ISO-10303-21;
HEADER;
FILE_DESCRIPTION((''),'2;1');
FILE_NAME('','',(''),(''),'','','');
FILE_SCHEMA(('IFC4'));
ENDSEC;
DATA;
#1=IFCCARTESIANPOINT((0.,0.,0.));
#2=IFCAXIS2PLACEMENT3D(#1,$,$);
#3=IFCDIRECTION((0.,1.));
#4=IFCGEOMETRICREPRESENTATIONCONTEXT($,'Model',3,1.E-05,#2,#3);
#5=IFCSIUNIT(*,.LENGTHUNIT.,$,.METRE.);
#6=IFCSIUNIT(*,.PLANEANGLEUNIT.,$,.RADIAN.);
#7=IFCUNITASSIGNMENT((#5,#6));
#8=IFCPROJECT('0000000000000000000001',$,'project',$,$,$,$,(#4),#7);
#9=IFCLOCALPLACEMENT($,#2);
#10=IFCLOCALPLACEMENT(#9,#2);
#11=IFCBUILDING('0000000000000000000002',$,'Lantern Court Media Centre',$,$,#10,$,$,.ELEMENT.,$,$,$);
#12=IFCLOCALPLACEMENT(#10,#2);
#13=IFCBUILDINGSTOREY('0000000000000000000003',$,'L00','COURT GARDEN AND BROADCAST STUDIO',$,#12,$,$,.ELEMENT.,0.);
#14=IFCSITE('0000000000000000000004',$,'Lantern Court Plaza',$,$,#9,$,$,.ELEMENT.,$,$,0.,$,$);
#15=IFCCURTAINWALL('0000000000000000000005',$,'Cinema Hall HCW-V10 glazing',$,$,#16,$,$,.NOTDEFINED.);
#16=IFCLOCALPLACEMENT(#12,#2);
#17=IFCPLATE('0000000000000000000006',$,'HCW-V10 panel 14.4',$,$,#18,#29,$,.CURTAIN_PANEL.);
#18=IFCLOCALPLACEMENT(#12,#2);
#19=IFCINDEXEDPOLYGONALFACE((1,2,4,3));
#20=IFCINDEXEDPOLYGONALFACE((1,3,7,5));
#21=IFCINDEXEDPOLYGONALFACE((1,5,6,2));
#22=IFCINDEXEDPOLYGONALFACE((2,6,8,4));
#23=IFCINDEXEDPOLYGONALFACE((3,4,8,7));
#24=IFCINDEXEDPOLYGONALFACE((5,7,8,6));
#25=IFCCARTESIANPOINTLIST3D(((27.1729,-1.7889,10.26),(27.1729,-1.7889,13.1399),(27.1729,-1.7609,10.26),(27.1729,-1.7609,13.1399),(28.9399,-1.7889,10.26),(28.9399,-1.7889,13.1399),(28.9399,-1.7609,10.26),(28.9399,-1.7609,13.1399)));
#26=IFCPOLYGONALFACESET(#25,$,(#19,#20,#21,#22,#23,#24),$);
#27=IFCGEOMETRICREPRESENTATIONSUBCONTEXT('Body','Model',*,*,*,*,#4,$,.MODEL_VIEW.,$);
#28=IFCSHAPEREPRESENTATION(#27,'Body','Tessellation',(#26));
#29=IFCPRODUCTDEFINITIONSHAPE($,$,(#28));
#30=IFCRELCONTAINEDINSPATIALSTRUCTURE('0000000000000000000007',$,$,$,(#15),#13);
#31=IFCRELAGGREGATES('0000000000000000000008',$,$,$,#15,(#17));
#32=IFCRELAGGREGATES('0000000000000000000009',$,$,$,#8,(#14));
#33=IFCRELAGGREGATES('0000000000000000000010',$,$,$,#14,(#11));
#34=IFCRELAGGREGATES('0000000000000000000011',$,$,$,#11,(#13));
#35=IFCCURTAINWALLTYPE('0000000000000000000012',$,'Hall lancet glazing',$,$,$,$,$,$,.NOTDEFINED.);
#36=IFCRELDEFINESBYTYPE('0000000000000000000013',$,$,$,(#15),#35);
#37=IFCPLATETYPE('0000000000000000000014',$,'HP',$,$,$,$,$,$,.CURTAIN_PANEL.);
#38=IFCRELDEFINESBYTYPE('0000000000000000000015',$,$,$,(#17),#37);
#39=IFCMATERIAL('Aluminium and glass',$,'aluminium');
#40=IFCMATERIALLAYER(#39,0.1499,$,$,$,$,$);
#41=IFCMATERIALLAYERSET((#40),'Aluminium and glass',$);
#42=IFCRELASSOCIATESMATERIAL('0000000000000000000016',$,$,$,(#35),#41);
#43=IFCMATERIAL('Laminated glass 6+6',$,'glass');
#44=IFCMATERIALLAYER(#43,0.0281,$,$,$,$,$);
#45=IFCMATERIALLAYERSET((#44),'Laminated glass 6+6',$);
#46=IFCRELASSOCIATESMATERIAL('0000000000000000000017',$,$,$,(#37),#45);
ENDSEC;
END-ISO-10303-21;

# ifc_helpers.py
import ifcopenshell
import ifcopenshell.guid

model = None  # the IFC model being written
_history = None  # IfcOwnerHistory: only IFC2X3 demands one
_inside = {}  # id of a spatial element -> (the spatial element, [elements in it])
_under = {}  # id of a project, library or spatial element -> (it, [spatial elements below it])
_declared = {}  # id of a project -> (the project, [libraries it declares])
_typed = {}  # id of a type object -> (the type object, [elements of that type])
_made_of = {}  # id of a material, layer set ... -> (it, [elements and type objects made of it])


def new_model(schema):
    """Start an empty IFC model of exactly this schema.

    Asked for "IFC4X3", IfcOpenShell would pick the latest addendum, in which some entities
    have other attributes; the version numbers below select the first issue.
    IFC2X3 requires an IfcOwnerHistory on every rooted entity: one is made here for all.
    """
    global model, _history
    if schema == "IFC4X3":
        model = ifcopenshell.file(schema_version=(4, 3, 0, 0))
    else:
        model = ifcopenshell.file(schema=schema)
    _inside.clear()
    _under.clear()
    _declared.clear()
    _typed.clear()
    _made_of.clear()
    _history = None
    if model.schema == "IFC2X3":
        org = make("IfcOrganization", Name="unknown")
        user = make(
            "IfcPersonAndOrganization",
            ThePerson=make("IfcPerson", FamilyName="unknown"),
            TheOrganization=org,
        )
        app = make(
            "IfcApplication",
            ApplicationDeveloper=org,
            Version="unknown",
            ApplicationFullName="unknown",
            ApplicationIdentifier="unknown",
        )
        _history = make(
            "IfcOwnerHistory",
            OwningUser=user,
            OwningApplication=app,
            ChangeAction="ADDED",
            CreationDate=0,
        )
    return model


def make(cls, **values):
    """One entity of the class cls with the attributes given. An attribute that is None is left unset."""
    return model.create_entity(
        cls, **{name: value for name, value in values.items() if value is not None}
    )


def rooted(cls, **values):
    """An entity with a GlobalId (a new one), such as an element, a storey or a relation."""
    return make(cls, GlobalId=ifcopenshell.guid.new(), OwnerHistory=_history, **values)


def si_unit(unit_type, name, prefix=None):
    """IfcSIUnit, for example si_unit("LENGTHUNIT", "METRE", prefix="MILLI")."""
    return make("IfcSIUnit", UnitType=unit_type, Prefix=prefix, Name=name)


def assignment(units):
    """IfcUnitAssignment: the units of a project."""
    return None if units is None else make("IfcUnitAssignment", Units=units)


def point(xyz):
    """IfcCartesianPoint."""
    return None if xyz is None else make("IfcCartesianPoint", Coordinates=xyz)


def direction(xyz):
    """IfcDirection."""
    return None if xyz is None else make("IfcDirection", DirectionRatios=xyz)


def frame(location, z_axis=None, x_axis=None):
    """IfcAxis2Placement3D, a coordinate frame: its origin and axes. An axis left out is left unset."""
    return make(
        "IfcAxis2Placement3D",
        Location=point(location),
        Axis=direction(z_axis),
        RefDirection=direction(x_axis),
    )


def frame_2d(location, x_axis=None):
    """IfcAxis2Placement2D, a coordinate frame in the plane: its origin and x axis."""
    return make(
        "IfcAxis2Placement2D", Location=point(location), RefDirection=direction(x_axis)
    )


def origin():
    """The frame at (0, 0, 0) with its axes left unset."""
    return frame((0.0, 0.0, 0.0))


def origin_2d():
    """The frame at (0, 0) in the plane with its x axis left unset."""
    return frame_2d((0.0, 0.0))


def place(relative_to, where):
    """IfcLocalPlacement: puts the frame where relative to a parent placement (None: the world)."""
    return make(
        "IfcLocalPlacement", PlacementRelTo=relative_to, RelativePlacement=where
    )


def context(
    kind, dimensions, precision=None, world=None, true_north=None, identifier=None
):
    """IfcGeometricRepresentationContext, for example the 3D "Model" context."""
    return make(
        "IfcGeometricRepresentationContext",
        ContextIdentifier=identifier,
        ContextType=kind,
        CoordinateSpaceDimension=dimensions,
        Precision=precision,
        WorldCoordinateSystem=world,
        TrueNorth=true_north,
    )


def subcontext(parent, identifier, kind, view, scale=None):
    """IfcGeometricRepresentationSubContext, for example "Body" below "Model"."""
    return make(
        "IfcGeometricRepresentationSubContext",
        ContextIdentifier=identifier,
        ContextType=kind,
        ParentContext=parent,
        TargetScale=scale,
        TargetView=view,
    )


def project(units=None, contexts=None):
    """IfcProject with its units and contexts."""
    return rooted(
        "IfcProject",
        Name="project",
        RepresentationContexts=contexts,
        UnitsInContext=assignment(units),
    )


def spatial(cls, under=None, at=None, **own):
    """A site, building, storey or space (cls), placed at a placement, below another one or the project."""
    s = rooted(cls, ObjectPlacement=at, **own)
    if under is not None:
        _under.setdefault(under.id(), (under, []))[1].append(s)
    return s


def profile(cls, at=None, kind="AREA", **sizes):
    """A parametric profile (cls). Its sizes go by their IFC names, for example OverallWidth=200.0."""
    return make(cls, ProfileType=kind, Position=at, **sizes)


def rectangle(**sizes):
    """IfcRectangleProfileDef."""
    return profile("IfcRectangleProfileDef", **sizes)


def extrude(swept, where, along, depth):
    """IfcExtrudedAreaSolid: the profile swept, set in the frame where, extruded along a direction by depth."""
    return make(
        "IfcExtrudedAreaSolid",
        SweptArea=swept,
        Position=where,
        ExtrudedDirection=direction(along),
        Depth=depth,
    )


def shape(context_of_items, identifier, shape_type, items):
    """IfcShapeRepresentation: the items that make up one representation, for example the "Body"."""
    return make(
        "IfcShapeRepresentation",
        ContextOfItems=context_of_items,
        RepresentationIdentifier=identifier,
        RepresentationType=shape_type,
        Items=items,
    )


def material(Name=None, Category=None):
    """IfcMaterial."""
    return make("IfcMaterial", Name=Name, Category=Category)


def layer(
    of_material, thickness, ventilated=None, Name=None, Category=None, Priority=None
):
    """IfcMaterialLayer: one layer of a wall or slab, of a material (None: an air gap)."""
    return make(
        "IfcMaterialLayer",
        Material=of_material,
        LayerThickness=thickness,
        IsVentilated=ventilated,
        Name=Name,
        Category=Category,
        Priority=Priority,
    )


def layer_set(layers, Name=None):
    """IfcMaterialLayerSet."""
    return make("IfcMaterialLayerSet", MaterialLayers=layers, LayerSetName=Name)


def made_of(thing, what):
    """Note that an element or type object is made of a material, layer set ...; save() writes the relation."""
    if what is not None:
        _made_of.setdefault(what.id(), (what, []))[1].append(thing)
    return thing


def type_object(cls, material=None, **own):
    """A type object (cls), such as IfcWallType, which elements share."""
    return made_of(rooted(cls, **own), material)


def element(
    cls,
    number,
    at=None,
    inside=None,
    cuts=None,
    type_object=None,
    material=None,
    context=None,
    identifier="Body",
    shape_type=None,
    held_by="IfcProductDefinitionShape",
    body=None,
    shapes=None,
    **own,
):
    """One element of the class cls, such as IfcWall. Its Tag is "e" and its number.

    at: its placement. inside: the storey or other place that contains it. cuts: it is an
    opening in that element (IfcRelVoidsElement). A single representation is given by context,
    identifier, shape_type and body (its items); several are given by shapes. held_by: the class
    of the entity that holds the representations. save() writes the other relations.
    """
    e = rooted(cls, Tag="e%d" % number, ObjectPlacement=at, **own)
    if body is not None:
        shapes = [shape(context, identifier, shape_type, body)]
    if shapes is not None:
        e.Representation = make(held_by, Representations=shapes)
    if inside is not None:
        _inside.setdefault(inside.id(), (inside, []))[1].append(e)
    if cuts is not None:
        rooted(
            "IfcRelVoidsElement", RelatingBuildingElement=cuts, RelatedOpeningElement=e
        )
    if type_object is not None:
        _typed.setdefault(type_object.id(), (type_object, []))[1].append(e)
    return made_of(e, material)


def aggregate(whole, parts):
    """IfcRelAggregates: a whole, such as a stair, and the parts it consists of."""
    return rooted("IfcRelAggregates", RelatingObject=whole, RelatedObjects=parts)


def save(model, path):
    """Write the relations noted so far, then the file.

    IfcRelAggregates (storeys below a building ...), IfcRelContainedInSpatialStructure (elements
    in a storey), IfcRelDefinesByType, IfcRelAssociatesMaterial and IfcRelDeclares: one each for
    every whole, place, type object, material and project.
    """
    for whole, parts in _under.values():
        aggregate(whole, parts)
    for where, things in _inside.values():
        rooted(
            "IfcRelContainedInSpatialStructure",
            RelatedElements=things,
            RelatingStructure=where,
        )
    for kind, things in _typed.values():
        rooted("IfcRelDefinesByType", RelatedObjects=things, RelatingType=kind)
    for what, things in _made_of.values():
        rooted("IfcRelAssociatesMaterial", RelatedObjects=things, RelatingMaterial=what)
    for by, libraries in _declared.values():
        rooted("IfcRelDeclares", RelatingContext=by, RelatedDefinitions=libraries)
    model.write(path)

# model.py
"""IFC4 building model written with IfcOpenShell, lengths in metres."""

from ifc_helpers import new_model, si_unit, direction, frame, origin, origin_2d, place, context, subcontext, project, spatial, rectangle, extrude, material, layer, layer_set, type_object, element, aggregate, save


model = new_model("IFC4")

# Units and contexts
model_context = context("Model", 3, precision=1e-05, world=origin(), true_north=direction((0.0, 1.0)))
body_context = subcontext(model_context, "Body", "Model", "MODEL_VIEW")
ifc_project = project(units=[si_unit("LENGTHUNIT", "METRE"), si_unit("PLANEANGLEUNIT", "RADIAN")], contexts=[model_context])

# Site, building, storey
site_placement = place(None, origin())
site = spatial("IfcSite", under=ifc_project, at=site_placement, Name="Lantern Court Plaza", CompositionType="ELEMENT", RefElevation=0.0)
building_placement = place(site_placement, origin())
building = spatial("IfcBuilding", under=site, at=building_placement, Name="Lantern Court Media Centre", CompositionType="ELEMENT")
storey_placement = place(building_placement, origin())
storey = spatial("IfcBuildingStorey", under=building, at=storey_placement, Name="L00", Description="COURT GARDEN AND BROADCAST STUDIO", CompositionType="ELEMENT", Elevation=0.0)

# Curtain wall, plate
ifc_material_1 = material(Name="Aluminium and glass", Category="aluminium")
ifc_layer_1 = layer(ifc_material_1, 0.1499)
ifc_layer_set_1 = layer_set([ifc_layer_1], Name="Aluminium and glass")
curtain_wall_type = type_object("IfcCurtainWallType", Name="Hall lancet glazing", PredefinedType="NOTDEFINED", material=ifc_layer_set_1)
curtain_wall_placement = place(storey_placement, origin())
curtain_wall = element("IfcCurtainWall", 1, at=curtain_wall_placement, inside=storey, type_object=curtain_wall_type, Name="Cinema Hall HCW-V10 glazing", PredefinedType="NOTDEFINED")
ifc_material_2 = material(Name="Laminated glass 6+6", Category="glass")
ifc_layer_2 = layer(ifc_material_2, 0.0281)
ifc_layer_set_2 = layer_set([ifc_layer_2], Name="Laminated glass 6+6")
plate_type = type_object("IfcPlateType", Name="HP", PredefinedType="CURTAIN_PANEL", material=ifc_layer_set_2)
plate_1_placement = place(storey_placement, frame((28.0564, -1.7749, 10.26), z_axis=(0.0, 0.0, 1.0), x_axis=(1.0, 0.0, 0.0)))
plate_1 = element("IfcPlate", 2, at=plate_1_placement, type_object=plate_type, Name="HCW-V10 panel 14.4", PredefinedType="CURTAIN_PANEL", context=body_context, shape_type="SweptSolid", body=[
    extrude(rectangle(XDim=1.7671, YDim=0.0281, at=origin_2d()), origin(), (0.0, 0.0, 1.0), 2.8799),
])
aggregate(curtain_wall, [plate_1])

save(model, "model.ifc")
